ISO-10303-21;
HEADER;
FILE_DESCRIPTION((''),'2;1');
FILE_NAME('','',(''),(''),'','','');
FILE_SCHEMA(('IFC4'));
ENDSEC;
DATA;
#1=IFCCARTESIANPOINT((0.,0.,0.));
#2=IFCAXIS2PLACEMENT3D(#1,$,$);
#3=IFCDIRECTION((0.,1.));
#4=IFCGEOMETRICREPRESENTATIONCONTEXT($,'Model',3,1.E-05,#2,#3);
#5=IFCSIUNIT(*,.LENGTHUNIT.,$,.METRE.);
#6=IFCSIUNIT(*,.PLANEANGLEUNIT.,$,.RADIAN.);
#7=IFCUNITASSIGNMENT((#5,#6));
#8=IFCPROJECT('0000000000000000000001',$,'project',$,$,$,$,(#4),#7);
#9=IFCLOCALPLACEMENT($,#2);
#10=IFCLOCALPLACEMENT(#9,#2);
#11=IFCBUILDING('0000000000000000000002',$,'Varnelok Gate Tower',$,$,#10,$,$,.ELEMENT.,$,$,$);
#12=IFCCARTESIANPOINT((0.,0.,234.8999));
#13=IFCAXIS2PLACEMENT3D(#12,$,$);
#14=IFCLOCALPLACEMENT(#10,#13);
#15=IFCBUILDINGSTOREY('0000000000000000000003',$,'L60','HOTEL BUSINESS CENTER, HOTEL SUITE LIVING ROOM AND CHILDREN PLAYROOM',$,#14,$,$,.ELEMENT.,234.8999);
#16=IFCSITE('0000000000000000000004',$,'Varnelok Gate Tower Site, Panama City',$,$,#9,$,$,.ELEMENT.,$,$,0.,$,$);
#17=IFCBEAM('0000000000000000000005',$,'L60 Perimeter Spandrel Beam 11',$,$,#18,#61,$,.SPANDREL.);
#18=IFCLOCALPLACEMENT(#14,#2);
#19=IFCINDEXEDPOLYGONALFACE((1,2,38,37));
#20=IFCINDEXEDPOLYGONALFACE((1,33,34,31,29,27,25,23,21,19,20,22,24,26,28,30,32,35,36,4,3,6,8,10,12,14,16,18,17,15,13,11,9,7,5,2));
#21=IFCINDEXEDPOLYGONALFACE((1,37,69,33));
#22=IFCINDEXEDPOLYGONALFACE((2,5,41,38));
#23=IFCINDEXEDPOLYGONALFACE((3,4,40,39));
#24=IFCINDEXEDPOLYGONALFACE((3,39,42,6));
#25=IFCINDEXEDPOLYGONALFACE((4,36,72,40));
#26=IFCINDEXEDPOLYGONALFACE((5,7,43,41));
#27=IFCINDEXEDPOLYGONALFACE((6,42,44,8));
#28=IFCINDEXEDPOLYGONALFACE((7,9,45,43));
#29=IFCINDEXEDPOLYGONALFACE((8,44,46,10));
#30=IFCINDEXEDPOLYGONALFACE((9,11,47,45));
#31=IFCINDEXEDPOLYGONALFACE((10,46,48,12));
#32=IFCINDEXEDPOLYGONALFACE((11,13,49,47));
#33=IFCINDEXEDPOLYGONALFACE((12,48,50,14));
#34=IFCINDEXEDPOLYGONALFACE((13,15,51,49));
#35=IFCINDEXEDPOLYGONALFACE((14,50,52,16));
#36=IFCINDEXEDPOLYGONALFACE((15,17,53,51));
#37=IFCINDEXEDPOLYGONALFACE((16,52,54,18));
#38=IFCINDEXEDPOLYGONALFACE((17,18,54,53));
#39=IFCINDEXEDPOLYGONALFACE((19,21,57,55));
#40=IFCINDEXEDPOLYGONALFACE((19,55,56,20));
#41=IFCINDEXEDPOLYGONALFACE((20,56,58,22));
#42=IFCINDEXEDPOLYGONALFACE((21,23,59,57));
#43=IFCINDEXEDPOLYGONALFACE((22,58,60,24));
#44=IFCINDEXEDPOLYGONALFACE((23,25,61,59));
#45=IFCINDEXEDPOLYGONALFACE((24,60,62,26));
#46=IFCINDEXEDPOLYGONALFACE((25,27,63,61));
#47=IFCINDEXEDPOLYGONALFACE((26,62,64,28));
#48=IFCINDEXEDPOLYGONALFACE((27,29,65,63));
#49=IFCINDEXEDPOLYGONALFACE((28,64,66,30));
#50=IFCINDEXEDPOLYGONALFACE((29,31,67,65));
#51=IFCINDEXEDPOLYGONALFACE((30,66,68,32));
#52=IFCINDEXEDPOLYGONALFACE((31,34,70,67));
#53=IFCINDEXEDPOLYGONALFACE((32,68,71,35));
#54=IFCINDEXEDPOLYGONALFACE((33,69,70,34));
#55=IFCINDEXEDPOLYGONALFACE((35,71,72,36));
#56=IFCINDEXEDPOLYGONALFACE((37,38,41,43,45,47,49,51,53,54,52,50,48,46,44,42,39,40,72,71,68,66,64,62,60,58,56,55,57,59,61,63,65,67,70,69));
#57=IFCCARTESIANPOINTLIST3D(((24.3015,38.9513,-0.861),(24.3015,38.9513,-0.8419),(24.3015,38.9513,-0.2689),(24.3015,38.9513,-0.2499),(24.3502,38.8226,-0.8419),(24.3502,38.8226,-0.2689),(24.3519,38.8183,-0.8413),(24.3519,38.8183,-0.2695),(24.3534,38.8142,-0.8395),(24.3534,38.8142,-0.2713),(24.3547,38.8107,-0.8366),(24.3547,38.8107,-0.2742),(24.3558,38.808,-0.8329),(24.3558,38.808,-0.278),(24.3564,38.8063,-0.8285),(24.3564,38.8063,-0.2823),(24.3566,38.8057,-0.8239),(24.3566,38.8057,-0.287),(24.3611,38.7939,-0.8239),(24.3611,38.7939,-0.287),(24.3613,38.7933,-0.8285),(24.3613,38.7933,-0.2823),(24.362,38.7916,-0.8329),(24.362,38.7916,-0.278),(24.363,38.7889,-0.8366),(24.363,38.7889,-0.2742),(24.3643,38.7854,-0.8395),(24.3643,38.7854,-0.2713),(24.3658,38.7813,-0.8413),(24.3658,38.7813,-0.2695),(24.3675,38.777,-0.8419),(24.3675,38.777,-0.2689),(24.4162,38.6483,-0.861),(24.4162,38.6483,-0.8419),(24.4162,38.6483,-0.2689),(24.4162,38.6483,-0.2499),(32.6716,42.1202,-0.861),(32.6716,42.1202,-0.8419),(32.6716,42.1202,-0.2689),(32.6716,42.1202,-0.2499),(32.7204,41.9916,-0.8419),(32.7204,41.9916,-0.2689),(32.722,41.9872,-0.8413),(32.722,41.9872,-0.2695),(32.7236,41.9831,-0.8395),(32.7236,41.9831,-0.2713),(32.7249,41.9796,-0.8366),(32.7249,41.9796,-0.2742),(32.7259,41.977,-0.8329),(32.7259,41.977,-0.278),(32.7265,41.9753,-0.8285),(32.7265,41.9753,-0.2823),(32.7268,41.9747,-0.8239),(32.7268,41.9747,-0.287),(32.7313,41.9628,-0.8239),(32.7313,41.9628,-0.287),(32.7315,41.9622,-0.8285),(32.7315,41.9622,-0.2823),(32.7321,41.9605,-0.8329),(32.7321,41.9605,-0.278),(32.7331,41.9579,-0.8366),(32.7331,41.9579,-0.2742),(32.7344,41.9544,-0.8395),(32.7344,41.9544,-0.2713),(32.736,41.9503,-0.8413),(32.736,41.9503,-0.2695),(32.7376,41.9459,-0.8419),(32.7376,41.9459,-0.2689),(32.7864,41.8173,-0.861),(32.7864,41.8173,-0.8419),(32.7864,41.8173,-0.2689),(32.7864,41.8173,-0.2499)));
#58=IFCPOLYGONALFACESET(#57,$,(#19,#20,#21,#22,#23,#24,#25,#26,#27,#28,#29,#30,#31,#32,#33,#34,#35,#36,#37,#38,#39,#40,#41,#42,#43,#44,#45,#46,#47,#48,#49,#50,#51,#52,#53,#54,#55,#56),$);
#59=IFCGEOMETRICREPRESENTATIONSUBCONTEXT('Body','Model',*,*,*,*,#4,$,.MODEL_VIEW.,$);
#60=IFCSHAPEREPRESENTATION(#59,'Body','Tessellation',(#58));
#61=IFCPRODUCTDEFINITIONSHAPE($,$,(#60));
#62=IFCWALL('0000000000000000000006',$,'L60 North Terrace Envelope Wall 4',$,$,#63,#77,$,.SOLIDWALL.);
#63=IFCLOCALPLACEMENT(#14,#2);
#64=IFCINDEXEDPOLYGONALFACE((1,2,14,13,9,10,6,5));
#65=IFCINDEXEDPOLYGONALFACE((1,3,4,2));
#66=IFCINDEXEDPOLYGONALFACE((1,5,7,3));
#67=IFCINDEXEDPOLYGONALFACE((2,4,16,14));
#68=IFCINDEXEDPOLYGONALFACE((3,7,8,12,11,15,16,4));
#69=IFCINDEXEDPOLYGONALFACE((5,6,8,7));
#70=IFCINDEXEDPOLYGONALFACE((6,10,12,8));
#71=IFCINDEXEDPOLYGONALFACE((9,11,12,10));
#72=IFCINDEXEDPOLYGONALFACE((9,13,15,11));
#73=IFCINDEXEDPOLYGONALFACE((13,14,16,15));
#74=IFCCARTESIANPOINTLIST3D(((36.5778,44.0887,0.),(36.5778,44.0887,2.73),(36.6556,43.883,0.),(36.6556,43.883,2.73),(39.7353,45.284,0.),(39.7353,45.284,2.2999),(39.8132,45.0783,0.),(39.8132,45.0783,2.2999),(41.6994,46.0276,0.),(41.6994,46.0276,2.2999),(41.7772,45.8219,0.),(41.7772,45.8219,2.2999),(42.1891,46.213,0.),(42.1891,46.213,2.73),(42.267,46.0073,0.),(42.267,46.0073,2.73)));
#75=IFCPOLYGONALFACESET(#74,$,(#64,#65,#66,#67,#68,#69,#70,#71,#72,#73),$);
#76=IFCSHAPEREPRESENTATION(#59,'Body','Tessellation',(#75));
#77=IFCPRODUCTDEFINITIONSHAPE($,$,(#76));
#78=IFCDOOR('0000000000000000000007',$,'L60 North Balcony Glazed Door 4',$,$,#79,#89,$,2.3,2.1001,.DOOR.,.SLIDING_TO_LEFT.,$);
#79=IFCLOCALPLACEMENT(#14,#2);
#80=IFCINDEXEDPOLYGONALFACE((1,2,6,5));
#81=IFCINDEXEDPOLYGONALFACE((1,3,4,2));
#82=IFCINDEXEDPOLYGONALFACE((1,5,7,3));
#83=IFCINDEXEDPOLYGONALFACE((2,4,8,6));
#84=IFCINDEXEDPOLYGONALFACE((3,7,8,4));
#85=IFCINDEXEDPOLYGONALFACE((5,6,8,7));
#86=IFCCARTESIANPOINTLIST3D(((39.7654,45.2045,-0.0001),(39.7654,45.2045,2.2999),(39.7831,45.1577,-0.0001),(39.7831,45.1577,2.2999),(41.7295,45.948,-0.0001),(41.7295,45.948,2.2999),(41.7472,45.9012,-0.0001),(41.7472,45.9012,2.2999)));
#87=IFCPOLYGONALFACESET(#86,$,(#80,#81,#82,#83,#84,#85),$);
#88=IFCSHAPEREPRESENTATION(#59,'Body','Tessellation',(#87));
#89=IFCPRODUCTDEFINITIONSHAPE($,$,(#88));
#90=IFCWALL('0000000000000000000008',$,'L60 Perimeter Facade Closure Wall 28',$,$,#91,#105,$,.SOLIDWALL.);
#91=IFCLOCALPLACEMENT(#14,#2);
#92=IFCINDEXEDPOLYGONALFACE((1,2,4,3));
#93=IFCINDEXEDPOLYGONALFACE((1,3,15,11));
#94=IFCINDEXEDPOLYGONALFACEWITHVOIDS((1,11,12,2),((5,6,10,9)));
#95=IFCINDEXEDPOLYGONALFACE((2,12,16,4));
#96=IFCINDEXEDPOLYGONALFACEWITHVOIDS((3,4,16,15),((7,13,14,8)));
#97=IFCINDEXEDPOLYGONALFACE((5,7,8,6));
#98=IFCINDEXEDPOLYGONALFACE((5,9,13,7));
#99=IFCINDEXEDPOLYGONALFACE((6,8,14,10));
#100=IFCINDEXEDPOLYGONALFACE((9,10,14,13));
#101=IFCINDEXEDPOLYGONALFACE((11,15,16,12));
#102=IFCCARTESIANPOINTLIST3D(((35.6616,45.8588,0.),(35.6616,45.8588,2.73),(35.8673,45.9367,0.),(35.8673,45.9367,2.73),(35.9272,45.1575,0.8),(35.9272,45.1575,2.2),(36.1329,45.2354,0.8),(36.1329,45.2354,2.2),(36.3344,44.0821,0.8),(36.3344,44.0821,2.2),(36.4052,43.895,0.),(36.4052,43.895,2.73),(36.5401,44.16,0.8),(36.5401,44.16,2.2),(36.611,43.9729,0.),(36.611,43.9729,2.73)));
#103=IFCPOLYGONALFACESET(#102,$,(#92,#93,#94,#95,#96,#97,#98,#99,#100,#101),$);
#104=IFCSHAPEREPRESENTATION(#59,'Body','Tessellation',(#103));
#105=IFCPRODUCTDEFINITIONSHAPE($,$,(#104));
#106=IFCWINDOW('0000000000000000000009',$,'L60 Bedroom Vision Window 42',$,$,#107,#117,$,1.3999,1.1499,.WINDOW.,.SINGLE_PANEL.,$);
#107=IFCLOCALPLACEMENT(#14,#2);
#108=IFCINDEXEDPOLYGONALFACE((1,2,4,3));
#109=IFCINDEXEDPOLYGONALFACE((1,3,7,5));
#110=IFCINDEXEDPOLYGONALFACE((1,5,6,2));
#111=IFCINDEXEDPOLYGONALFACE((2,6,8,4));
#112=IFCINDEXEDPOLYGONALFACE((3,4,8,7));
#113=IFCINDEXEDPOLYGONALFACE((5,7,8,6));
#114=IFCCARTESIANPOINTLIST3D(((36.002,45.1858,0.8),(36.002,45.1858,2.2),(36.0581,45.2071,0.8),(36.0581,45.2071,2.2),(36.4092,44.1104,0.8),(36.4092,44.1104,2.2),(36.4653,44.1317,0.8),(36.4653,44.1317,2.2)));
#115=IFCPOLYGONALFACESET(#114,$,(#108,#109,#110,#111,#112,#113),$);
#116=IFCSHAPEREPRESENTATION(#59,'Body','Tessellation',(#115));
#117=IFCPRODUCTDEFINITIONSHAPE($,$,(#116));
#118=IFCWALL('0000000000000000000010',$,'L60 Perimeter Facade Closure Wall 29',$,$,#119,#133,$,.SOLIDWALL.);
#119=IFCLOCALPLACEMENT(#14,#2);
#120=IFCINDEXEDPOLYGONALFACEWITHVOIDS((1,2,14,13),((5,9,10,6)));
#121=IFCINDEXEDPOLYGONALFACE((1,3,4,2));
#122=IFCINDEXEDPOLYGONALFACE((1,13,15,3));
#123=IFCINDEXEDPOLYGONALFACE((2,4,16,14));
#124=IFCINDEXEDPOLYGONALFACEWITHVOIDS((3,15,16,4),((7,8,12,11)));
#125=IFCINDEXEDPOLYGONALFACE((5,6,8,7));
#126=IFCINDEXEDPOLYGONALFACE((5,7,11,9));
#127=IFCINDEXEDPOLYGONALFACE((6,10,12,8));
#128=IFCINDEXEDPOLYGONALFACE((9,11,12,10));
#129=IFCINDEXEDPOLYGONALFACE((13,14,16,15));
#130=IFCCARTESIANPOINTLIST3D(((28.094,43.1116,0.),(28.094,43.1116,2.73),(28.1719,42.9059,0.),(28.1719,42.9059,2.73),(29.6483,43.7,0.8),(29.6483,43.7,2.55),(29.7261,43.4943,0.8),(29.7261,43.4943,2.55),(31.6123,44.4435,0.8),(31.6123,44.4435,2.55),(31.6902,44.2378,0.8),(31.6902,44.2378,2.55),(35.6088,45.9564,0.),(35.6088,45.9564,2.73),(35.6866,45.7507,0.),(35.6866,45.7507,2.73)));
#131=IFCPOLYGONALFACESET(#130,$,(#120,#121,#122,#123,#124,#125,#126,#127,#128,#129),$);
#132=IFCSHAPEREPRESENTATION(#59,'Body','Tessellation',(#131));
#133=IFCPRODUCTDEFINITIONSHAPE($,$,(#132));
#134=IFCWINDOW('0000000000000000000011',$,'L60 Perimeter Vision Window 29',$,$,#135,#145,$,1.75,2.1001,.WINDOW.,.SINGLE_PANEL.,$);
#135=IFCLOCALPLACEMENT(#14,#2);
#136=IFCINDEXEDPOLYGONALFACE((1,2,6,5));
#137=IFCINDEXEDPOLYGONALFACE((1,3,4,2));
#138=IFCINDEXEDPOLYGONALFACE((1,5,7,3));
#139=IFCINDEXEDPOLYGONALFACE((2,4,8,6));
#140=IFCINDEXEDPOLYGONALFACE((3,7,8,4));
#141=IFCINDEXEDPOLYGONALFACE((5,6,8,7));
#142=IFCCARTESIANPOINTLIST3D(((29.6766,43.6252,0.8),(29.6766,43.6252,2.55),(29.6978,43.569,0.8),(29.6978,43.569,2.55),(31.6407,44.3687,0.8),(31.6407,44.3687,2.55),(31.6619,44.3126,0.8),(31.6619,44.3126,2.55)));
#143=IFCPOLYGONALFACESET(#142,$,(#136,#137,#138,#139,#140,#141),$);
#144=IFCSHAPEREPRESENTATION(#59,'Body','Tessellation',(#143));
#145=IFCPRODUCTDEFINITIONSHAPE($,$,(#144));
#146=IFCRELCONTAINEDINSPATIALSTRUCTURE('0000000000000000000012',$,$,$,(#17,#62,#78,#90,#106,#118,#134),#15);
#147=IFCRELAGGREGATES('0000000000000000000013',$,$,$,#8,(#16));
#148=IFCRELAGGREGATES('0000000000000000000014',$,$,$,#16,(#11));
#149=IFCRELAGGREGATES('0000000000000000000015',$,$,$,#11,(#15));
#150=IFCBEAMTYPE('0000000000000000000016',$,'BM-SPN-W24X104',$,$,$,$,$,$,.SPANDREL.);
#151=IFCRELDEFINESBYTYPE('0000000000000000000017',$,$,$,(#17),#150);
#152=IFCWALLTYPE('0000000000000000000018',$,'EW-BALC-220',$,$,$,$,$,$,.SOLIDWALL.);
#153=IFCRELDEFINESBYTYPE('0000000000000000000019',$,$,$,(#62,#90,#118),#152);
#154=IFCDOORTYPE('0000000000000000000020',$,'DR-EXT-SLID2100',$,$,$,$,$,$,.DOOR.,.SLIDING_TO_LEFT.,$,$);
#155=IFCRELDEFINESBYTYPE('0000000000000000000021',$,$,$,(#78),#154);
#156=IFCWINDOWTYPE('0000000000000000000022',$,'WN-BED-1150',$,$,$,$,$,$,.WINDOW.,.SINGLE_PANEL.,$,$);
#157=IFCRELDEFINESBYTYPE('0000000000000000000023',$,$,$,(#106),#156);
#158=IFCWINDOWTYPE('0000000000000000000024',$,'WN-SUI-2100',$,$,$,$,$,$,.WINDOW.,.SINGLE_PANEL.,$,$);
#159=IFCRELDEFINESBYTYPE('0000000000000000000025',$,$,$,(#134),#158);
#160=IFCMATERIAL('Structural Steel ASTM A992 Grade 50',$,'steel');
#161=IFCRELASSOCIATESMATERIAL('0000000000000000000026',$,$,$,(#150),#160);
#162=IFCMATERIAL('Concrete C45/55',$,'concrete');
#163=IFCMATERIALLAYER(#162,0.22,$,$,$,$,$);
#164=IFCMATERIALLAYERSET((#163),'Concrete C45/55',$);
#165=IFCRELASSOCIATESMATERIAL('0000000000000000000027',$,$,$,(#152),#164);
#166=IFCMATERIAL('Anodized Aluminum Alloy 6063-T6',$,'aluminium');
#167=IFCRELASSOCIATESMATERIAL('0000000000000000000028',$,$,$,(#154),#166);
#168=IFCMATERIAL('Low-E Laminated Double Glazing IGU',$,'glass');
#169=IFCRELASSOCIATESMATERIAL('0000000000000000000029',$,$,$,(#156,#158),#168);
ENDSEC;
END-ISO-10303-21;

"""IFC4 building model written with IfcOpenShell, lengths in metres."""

from ifc_helpers import new_model, si_unit, direction, frame, frame_2d, origin, origin_2d, place, context, subcontext, project, spatial, rectangle, i_section, extrude, material, layer, layer_set, material_profile, profile_set, type_object, element, fill, save


model = new_model("IFC4")

# Units and contexts
model_context = context("Model", 3, precision=1e-05, world=origin(), true_north=direction((0.0, 1.0)))
body_context = subcontext(model_context, "Body", "Model", "MODEL_VIEW")
ifc_project = project(units=[si_unit("LENGTHUNIT", "METRE"), si_unit("PLANEANGLEUNIT", "RADIAN")], contexts=[model_context])

# Site, building, storey
site_placement = place(None, origin())
site = spatial("IfcSite", under=ifc_project, at=site_placement, Name="Varnelok Gate Tower Site, Panama City", CompositionType="ELEMENT", RefElevation=0.0)
building_placement = place(site_placement, origin())
building = spatial("IfcBuilding", under=site, at=building_placement, Name="Varnelok Gate Tower", CompositionType="ELEMENT")
storey_placement = place(building_placement, frame((0.0, 0.0, 234.8999)))
storey = spatial("IfcBuildingStorey", under=building, at=storey_placement, Name="L60", Description="HOTEL BUSINESS CENTER, HOTEL SUITE LIVING ROOM AND CHILDREN PLAYROOM", CompositionType="ELEMENT", Elevation=234.8999)

# Shared definitions
ifc_material_1 = material(Name="Structural Steel ASTM A992 Grade 50", Category="steel")

# Beam
ifc_material_profile_1 = material_profile(ifc_material_1, i_section(OverallWidth=0.324, OverallDepth=0.6111, WebThickness=0.0127, FlangeThickness=0.019, FilletRadius=0.0181, at=origin_2d()), Name="W24X104")
ifc_profile_set_1 = profile_set([ifc_material_profile_1], Name="Structural Steel ASTM A992 Grade 50")
beam_type_1 = type_object("IfcBeamType", Name="BM-SPN-W24X104", PredefinedType="SPANDREL", material=ifc_profile_set_1)
beam_1_placement = place(storey_placement, frame((32.729, 41.9688, -0.5554), z_axis=(-0.935217, -0.354075, 0.0), x_axis=(0.354075, -0.935217, 0.0)))
element("IfcBeam", 1, at=beam_1_placement, inside=storey, type_object=beam_type_1, Name="L60 Perimeter Spandrel Beam 11", PredefinedType="SPANDREL", context=body_context, shape_type="SweptSolid", body=[
    extrude(i_section(OverallWidth=0.324, OverallDepth=0.6111, WebThickness=0.0127, FlangeThickness=0.019, FilletRadius=0.0181, at=origin_2d()), origin(), (0.0, 0.0, 1.0), 8.95),
])

# Wall, opening, door
ifc_material_2 = material(Name="Concrete C45/55", Category="concrete")
ifc_layer_1 = layer(ifc_material_2, 0.22)
ifc_layer_set_1 = layer_set([ifc_layer_1], Name="Concrete C45/55")
wall_type_1 = type_object("IfcWallType", Name="EW-BALC-220", PredefinedType="SOLIDWALL", material=ifc_layer_set_1)
wall_1_placement = place(storey_placement, frame((36.6167, 43.9858, 0.0), z_axis=(0.0, 0.0, 1.0), x_axis=(0.935228, 0.354047, 0.0)))
wall_1 = element("IfcWall", 2, at=wall_1_placement, inside=storey, type_object=wall_type_1, Name="L60 North Terrace Envelope Wall 4", PredefinedType="SOLIDWALL", context=body_context, shape_type="SweptSolid", body=[
    extrude(rectangle(XDim=6.0, YDim=0.22, at=frame_2d((3.0, 0.0))), origin(), (0.0, 0.0, 1.0), 2.73),
])
opening_1_placement = place(wall_1_placement, frame((3.3762, 0.0, 0.0)))
opening_1 = element("IfcOpeningElement", 3, at=opening_1_placement, cuts=wall_1, PredefinedType="OPENING", context=body_context, shape_type="SweptSolid", body=[
    extrude(rectangle(XDim=2.1001, YDim=2.3, at=frame_2d((1.05, 1.1499))), frame((0.0, 0.1199, 0.0), z_axis=(0.0, -1.0, 0.0), x_axis=(1.0, 0.0, 0.0)), (0.0, 0.0, 1.0), 0.24),
])
ifc_material_3 = material(Name="Anodized Aluminum Alloy 6063-T6", Category="aluminium")
door_type_1 = type_object("IfcDoorType", Name="DR-EXT-SLID2100", OperationType="SLIDING_TO_LEFT", PredefinedType="DOOR", material=ifc_material_3)
door_1_placement = place(opening_1_placement, origin())
door_1 = element("IfcDoor", 4, at=door_1_placement, inside=storey, type_object=door_type_1, Name="L60 North Balcony Glazed Door 4", OperationType="SLIDING_TO_LEFT", OverallHeight=2.3, OverallWidth=2.1001, PredefinedType="DOOR", context=body_context, shape_type="SweptSolid", body=[
    extrude(rectangle(XDim=2.1001, YDim=2.3, at=frame_2d((1.05, 1.1499))), frame((0.0, 0.0249, 0.0), z_axis=(0.0, -1.0, 0.0), x_axis=(1.0, 0.0, 0.0)), (0.0, 0.0, 1.0), 0.05),
])
fill(opening_1, door_1)

# Walls, openings, windows
wall_2_placement = place(storey_placement, frame((36.5081, 43.9341, 0.0), z_axis=(0.0, 0.0, 1.0), x_axis=(-0.354128, 0.935197, 0.0)))
wall_2 = element("IfcWall", 5, at=wall_2_placement, inside=storey, type_object=wall_type_1, Name="L60 Perimeter Facade Closure Wall 28", PredefinedType="SOLIDWALL", context=body_context, shape_type="SweptSolid", body=[
    extrude(rectangle(XDim=2.0999, YDim=0.22, at=frame_2d((1.0498, 0.0))), origin(), (0.0, 0.0, 1.0), 2.73),
])
opening_2_placement = place(wall_2_placement, frame((0.2, 0.0, 0.8)))
opening_2 = element("IfcOpeningElement", 6, at=opening_2_placement, cuts=wall_2, PredefinedType="OPENING", context=body_context, shape_type="SweptSolid", body=[
    extrude(rectangle(XDim=1.1499, YDim=1.3999, at=frame_2d((0.575, 0.7))), frame((0.0, 0.1199, 0.0), z_axis=(0.0, -1.0, 0.0), x_axis=(1.0, 0.0, 0.0)), (0.0, 0.0, 1.0), 0.24),
])
ifc_material_4 = material(Name="Low-E Laminated Double Glazing IGU", Category="glass")
window_type_1 = type_object("IfcWindowType", Name="WN-BED-1150", PartitioningType="SINGLE_PANEL", PredefinedType="WINDOW", material=ifc_material_4)
window_1_placement = place(opening_2_placement, origin())
window_1 = element("IfcWindow", 7, at=window_1_placement, inside=storey, type_object=window_type_1, Name="L60 Bedroom Vision Window 42", OverallHeight=1.3999, OverallWidth=1.1499, PartitioningType="SINGLE_PANEL", PredefinedType="WINDOW", context=body_context, shape_type="SweptSolid", body=[
    extrude(rectangle(XDim=1.1499, YDim=1.3999, at=frame_2d((0.575, 0.7))), frame((0.0, 0.03, 0.0), z_axis=(0.0, -1.0, 0.0), x_axis=(1.0, 0.0, 0.0)), (0.0, 0.0, 1.0), 0.0601),
])
fill(opening_2, window_1)
wall_3_placement = place(storey_placement, frame((35.6477, 45.8535, 0.0), z_axis=(0.0, 0.0, 1.0), x_axis=(-0.935231, -0.354039, 0.0)))
wall_3 = element("IfcWall", 8, at=wall_3_placement, inside=storey, type_object=wall_type_1, Name="L60 Perimeter Facade Closure Wall 29", PredefinedType="SOLIDWALL", context=body_context, shape_type="SweptSolid", body=[
    extrude(rectangle(XDim=8.0352, YDim=0.22, at=frame_2d((4.0176, 0.0))), origin(), (0.0, 0.0, 1.0), 2.73),
])
opening_3_placement = place(wall_3_placement, frame((4.2732, 0.0, 0.8)))
opening_3 = element("IfcOpeningElement", 9, at=opening_3_placement, cuts=wall_3, PredefinedType="OPENING", context=body_context, shape_type="SweptSolid", body=[
    extrude(rectangle(XDim=2.1001, YDim=1.75, at=frame_2d((1.05, 0.875))), frame((0.0, 0.1199, 0.0), z_axis=(0.0, -1.0, 0.0), x_axis=(1.0, 0.0, 0.0)), (0.0, 0.0, 1.0), 0.24),
])
window_type_2 = type_object("IfcWindowType", Name="WN-SUI-2100", PartitioningType="SINGLE_PANEL", PredefinedType="WINDOW", material=ifc_material_4)
window_2_placement = place(opening_3_placement, origin())
window_2 = element("IfcWindow", 10, at=window_2_placement, inside=storey, type_object=window_type_2, Name="L60 Perimeter Vision Window 29", OverallHeight=1.75, OverallWidth=2.1001, PartitioningType="SINGLE_PANEL", PredefinedType="WINDOW", context=body_context, shape_type="SweptSolid", body=[
    extrude(rectangle(XDim=2.1001, YDim=1.75, at=frame_2d((1.05, 0.875))), frame((0.0, 0.03, 0.0), z_axis=(0.0, -1.0, 0.0), x_axis=(1.0, 0.0, 0.0)), (0.0, 0.0, 1.0), 0.0601),
])
fill(opening_3, window_2)

save(model, "model.ifc")
